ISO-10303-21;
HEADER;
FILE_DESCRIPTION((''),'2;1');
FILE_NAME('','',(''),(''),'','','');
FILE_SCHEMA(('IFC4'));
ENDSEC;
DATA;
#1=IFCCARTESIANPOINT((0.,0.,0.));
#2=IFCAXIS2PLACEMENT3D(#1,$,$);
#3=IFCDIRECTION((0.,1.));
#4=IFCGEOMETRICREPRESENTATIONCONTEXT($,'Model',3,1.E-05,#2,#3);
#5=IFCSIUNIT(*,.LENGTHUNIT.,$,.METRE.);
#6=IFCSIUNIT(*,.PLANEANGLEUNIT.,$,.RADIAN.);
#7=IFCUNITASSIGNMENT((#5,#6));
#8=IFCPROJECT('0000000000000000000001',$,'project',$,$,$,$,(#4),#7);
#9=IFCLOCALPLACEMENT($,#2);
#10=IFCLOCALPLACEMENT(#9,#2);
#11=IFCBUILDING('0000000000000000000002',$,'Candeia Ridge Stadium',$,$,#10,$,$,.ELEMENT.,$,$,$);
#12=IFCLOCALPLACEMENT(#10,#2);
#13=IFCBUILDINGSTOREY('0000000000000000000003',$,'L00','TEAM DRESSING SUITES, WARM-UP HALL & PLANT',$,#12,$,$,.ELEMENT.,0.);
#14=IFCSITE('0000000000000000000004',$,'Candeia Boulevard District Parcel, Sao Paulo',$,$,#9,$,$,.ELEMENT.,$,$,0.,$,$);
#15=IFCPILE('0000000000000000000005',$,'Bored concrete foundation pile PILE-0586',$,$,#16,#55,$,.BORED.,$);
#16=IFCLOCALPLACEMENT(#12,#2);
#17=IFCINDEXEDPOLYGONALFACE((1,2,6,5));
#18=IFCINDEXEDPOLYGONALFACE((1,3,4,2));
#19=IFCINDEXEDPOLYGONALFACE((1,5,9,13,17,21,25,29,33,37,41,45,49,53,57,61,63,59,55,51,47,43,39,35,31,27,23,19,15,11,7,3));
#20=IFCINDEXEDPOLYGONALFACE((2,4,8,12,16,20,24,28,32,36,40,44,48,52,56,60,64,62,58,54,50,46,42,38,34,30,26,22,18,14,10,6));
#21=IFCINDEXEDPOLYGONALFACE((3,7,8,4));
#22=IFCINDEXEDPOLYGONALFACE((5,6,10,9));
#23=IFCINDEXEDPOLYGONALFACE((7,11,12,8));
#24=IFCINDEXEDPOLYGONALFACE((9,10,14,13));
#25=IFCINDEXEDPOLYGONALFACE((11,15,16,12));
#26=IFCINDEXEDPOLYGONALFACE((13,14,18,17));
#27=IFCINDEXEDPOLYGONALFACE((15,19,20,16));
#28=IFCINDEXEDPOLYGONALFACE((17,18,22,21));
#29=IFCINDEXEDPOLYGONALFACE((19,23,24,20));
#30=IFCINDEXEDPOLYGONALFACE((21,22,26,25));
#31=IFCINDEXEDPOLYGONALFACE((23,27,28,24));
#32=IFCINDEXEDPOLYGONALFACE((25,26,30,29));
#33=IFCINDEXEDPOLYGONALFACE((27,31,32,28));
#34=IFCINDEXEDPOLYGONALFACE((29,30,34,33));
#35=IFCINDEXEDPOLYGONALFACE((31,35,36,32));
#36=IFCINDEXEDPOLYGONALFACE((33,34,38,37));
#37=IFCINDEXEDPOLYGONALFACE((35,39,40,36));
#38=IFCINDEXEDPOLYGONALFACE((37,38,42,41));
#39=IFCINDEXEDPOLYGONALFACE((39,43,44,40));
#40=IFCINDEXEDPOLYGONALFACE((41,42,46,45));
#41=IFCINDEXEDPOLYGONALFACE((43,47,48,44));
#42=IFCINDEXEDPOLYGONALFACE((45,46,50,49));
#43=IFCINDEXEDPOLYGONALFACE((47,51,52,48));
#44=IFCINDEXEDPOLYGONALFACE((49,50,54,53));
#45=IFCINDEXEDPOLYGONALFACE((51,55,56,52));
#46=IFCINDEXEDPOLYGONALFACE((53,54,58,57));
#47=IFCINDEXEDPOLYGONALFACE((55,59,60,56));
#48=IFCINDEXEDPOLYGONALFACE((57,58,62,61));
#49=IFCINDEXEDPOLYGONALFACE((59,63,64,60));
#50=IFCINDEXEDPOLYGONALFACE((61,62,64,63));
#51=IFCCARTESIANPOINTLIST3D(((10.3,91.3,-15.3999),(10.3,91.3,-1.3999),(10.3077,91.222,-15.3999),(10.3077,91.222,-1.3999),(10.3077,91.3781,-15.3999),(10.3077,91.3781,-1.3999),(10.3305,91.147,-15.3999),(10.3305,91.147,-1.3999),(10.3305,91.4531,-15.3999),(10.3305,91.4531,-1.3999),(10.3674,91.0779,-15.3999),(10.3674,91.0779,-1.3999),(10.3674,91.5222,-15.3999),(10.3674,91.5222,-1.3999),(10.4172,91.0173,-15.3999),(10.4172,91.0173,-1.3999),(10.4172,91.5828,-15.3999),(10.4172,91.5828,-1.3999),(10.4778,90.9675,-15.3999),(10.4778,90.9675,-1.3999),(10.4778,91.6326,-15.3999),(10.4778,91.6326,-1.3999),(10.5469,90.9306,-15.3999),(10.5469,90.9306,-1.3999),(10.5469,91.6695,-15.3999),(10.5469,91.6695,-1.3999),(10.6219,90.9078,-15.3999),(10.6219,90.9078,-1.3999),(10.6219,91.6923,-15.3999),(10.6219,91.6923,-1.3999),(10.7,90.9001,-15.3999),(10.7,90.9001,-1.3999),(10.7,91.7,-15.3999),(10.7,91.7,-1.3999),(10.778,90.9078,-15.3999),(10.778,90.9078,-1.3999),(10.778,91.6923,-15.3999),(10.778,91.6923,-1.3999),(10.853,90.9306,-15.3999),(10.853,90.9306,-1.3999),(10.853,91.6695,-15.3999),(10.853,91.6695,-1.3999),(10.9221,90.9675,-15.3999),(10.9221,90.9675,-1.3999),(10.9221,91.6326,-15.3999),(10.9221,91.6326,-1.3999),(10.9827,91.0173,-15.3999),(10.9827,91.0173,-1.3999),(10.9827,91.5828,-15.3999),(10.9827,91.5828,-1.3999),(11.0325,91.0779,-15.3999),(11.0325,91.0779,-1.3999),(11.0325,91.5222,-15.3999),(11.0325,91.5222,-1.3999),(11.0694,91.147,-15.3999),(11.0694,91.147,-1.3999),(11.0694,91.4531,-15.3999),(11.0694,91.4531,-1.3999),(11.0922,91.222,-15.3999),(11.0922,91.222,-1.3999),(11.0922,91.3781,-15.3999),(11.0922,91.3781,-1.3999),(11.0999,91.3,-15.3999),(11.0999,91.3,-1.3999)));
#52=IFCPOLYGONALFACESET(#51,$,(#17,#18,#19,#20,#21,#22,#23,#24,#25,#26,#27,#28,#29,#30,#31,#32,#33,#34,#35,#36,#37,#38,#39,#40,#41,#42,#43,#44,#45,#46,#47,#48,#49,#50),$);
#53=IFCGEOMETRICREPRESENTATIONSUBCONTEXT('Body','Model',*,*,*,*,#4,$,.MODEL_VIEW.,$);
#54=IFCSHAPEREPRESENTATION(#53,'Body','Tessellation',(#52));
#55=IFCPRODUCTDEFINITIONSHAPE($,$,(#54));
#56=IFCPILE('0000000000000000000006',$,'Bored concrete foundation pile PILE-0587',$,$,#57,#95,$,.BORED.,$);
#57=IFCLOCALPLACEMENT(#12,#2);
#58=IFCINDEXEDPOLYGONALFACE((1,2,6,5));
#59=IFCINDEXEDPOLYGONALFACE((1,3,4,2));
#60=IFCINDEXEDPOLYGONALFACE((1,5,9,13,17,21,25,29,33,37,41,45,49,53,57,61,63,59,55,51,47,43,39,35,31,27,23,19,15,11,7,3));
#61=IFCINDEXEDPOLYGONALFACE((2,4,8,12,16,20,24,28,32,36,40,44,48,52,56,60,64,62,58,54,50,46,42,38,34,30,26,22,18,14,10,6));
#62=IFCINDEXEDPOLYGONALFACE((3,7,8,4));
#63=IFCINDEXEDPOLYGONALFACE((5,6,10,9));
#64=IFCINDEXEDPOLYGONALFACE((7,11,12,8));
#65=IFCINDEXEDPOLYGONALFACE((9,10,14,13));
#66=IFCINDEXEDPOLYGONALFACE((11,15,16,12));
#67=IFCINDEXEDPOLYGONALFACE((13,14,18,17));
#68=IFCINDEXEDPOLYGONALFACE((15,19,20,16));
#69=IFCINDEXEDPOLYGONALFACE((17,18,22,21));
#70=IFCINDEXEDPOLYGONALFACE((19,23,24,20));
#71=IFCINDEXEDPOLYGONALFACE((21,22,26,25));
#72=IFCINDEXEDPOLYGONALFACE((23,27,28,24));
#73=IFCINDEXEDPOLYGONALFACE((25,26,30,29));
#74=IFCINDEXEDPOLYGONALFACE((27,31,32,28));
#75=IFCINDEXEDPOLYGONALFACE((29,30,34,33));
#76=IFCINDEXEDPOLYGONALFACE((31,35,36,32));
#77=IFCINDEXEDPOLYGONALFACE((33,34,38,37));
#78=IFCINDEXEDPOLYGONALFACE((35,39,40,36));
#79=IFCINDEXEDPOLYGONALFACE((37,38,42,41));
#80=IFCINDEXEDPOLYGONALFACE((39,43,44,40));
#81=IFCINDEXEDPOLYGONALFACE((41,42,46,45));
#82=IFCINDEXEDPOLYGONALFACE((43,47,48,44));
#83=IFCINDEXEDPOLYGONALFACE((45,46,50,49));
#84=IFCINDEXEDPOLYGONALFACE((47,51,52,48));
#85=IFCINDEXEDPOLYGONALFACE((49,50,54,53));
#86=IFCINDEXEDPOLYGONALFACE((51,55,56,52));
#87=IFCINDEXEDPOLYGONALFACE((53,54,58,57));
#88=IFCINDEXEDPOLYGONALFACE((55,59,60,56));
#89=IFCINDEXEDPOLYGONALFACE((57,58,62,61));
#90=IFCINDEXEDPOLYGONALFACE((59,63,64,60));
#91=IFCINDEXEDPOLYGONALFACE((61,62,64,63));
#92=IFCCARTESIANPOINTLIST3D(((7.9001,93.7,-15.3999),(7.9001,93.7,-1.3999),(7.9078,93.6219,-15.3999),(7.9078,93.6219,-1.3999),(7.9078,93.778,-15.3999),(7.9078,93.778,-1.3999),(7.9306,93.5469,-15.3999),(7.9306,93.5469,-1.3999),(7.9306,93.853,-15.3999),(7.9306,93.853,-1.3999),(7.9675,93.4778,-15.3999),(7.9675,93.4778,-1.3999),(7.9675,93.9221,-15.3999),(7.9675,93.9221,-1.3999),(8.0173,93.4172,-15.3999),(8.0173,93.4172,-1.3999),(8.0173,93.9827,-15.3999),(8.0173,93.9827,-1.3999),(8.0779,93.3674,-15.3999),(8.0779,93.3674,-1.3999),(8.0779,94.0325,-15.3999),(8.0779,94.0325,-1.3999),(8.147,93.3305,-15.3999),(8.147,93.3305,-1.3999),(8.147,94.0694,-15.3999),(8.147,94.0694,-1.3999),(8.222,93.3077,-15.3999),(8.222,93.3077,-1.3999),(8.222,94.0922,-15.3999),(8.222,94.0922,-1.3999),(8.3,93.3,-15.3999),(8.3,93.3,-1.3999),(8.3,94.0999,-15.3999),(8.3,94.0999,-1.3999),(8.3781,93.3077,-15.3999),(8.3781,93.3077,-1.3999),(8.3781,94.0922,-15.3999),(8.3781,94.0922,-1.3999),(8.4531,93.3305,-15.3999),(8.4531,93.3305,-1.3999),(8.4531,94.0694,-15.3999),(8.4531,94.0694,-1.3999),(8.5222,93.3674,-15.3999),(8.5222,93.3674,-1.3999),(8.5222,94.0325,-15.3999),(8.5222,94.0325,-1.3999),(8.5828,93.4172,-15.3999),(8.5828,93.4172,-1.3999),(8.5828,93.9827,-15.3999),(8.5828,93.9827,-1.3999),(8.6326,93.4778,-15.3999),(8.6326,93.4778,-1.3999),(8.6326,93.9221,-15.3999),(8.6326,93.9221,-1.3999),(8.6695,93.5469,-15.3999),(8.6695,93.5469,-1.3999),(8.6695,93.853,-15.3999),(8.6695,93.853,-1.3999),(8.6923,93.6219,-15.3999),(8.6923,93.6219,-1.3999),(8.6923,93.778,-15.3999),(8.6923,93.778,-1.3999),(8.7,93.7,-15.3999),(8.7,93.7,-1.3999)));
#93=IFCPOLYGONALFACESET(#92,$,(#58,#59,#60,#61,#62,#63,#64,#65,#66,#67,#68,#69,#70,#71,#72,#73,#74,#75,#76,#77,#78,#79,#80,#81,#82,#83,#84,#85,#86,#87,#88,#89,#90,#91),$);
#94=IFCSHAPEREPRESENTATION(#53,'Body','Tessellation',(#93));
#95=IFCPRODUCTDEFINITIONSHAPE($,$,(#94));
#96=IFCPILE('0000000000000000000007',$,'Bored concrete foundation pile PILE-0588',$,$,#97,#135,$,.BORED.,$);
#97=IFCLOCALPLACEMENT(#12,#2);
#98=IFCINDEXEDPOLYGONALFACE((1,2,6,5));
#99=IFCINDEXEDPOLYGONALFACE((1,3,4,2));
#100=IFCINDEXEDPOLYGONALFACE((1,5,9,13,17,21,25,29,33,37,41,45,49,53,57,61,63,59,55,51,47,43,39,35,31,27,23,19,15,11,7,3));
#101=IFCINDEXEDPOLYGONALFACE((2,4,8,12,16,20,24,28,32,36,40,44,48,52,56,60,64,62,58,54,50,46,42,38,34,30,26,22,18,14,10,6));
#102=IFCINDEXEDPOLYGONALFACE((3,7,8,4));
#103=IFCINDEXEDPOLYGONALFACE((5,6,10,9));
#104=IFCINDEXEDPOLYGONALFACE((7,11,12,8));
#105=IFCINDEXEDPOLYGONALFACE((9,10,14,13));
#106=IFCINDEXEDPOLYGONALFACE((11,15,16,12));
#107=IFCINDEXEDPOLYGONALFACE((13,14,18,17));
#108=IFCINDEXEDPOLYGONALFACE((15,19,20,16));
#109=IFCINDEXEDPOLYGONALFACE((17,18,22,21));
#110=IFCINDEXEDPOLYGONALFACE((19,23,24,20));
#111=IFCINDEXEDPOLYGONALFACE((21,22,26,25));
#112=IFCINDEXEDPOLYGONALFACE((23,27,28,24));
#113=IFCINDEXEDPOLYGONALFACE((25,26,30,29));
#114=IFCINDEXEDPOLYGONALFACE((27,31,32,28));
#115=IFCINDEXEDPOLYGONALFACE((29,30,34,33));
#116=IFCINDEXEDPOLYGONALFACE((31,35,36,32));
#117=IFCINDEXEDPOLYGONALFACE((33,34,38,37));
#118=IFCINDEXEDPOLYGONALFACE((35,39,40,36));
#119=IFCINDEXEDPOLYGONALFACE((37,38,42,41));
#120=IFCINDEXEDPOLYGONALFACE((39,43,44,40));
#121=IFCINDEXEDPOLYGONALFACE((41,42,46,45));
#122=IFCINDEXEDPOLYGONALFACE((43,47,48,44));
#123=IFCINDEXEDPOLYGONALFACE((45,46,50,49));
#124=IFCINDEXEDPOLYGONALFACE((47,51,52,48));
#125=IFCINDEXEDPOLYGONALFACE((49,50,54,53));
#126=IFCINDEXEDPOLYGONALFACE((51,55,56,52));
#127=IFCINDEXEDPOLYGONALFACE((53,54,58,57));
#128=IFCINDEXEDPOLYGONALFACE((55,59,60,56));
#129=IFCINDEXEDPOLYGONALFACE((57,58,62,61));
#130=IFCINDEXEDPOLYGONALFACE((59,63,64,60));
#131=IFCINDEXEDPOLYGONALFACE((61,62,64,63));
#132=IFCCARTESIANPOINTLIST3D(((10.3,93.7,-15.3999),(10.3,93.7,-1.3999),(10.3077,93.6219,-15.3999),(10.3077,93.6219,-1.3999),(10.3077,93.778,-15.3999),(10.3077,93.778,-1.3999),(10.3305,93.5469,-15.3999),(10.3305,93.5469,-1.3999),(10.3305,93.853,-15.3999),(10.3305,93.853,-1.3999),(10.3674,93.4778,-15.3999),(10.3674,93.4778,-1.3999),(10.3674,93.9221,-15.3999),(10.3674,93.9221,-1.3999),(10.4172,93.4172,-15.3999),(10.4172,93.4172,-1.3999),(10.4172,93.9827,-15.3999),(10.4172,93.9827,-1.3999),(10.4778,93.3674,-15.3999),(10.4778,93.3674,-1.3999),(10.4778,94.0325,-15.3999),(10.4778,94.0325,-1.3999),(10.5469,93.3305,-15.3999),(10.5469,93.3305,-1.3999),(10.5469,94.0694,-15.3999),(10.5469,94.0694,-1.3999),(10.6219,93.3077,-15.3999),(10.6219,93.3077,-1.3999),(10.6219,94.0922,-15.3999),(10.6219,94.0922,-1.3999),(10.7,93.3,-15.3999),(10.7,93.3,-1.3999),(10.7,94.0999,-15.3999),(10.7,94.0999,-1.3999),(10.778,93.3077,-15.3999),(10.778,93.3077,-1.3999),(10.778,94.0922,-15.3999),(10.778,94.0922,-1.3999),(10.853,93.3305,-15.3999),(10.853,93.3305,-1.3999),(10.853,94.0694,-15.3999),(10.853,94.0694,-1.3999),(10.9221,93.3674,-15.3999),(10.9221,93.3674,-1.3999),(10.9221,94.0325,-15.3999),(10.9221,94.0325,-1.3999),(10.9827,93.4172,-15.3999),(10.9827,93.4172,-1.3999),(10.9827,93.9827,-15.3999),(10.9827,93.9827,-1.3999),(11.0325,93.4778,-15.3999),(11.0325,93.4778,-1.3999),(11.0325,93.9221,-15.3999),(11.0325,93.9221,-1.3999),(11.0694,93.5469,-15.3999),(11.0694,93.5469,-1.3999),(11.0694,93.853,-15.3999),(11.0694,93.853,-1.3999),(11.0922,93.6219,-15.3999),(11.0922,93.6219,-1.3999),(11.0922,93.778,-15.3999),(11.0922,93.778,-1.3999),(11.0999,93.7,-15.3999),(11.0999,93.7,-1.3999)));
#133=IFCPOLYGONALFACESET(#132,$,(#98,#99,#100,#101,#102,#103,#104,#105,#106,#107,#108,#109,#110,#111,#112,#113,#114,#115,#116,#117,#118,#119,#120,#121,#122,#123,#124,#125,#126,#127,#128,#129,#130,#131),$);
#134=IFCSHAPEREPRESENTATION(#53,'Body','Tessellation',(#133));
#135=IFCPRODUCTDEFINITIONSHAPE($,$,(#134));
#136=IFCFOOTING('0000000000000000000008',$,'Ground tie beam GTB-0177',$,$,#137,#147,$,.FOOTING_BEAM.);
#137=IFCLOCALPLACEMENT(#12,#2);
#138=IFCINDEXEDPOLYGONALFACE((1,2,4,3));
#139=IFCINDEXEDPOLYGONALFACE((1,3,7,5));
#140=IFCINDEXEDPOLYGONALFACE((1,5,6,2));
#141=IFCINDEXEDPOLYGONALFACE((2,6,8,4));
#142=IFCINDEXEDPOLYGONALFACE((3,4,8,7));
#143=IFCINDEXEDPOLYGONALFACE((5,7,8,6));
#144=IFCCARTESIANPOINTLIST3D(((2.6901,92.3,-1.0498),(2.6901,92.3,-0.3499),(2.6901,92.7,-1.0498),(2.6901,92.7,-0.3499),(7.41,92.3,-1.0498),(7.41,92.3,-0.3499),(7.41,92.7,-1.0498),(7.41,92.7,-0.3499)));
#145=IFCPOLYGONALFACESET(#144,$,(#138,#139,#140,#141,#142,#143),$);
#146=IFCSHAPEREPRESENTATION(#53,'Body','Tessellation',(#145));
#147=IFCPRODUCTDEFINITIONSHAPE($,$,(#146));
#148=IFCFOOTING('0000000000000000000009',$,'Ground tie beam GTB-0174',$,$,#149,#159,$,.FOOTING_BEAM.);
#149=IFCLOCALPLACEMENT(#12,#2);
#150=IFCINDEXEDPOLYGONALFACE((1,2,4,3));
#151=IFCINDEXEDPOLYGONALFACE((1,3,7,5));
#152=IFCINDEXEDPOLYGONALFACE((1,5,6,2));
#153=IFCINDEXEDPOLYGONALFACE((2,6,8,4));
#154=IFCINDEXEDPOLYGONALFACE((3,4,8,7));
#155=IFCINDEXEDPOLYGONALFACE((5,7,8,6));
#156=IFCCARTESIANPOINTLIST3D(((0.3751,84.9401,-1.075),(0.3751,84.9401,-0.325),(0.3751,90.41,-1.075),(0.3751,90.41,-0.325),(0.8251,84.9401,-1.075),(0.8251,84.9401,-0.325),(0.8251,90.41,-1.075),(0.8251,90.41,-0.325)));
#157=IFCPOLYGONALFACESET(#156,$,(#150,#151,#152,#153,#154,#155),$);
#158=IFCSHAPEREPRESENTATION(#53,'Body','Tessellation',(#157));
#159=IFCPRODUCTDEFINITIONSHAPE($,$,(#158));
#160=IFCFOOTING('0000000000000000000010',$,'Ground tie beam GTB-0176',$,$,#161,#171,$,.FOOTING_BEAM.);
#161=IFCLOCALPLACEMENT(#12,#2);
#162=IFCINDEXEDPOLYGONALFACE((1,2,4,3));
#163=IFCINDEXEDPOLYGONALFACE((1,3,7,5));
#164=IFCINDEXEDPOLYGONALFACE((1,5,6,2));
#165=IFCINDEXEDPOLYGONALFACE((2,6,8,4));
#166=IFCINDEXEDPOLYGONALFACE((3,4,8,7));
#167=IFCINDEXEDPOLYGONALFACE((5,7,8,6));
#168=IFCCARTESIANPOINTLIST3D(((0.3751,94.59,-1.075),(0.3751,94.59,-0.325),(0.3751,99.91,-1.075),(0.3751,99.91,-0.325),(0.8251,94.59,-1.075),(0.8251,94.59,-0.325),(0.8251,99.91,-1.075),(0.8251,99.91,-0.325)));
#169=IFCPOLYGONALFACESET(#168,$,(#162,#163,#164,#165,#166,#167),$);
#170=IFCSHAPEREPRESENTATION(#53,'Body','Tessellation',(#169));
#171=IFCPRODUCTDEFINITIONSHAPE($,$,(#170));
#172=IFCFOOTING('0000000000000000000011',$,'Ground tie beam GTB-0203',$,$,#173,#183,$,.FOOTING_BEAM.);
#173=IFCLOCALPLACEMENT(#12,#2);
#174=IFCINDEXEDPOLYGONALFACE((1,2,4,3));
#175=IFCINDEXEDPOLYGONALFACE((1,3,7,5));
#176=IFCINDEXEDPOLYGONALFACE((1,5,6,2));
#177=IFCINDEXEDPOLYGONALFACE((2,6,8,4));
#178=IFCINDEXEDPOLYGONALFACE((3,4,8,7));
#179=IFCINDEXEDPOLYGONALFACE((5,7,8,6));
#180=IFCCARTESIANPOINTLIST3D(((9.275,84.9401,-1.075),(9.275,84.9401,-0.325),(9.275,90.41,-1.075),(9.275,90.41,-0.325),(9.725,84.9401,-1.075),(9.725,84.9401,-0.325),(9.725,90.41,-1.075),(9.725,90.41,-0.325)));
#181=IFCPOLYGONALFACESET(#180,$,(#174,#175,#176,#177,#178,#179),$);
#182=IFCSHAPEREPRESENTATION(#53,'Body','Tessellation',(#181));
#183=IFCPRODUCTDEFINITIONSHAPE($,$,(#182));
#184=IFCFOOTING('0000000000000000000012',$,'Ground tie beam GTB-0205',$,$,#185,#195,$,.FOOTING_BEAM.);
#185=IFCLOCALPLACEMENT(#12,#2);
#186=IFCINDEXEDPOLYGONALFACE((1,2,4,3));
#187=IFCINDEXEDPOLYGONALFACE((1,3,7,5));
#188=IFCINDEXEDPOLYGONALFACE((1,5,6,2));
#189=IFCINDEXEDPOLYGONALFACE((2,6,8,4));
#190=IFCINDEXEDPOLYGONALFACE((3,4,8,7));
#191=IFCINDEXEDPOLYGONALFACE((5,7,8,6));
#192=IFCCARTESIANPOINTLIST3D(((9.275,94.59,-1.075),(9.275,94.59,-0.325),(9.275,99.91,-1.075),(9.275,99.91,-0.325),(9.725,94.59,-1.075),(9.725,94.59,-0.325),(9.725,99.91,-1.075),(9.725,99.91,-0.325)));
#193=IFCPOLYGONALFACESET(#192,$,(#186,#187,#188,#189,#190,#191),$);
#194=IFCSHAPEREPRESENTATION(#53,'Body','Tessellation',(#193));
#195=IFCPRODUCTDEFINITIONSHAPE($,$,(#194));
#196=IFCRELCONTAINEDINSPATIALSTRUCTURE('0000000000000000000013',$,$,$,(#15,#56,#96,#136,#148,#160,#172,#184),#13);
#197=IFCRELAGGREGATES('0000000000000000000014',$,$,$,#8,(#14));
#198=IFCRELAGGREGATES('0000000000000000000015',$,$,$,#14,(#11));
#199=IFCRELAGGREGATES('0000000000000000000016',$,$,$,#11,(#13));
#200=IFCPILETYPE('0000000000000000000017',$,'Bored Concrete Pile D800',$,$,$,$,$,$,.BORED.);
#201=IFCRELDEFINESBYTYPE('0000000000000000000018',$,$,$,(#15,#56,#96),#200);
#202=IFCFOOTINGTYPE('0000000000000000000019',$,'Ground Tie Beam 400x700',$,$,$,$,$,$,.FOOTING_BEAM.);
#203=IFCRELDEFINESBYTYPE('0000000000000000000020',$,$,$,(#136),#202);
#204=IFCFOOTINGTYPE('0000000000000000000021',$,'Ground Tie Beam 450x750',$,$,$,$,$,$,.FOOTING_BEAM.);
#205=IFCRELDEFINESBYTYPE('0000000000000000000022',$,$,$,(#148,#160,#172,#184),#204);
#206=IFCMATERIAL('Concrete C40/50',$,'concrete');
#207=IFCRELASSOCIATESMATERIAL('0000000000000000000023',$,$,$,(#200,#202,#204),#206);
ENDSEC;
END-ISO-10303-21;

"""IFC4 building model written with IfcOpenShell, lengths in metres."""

from ifc_helpers import new_model, si_unit, direction, frame, origin, origin_2d, place, context, subcontext, project, spatial, rectangle, circle, extrude, material, material_profile, profile_set, type_object, element, save


model = new_model("IFC4")

# Units and contexts
model_context = context("Model", 3, precision=1e-05, world=origin(), true_north=direction((0.0, 1.0)))
body_context = subcontext(model_context, "Body", "Model", "MODEL_VIEW")
ifc_project = project(units=[si_unit("LENGTHUNIT", "METRE"), si_unit("PLANEANGLEUNIT", "RADIAN")], contexts=[model_context])

# Site, building, storey
site_placement = place(None, origin())
site = spatial("IfcSite", under=ifc_project, at=site_placement, Name="Candeia Boulevard District Parcel, Sao Paulo", CompositionType="ELEMENT", RefElevation=0.0)
building_placement = place(site_placement, origin())
building = spatial("IfcBuilding", under=site, at=building_placement, Name="Candeia Ridge Stadium", CompositionType="ELEMENT")
storey_placement = place(building_placement, origin())
storey = spatial("IfcBuildingStorey", under=building, at=storey_placement, Name="L00", Description="TEAM DRESSING SUITES, WARM-UP HALL & PLANT", CompositionType="ELEMENT", Elevation=0.0)

# Piles
ifc_material_1 = material(Name="Concrete C40/50", Category="concrete")
ifc_material_profile_1 = material_profile(ifc_material_1, circle(Radius=0.3999, at=origin_2d()), Name="PILE-D800", Category="concrete")
ifc_profile_set_1 = profile_set([ifc_material_profile_1], Name="Concrete C40/50")
pile_type = type_object("IfcPileType", Name="Bored Concrete Pile D800", PredefinedType="BORED", material=ifc_profile_set_1)
for number, where, z_axis, x_axis, name in (
    (1, (10.7, 91.3, -1.3999), (0.0, 0.0, -1.0), (1.0, 0.0, 0.0), "Bored concrete foundation pile PILE-0586"),
    (2, (8.3, 93.7, -1.3999), (0.0, 0.0, -1.0), (1.0, 0.0, 0.0), "Bored concrete foundation pile PILE-0587"),
    (3, (10.7, 93.7, -1.3999), (0.0, 0.0, -1.0), (1.0, 0.0, 0.0), "Bored concrete foundation pile PILE-0588"),
):
    element("IfcPile", number, at=place(storey_placement, frame(where, z_axis=z_axis, x_axis=x_axis)), inside=storey, type_object=pile_type, Name=name, PredefinedType="BORED", context=body_context, shape_type="SweptSolid", body=[
        extrude(circle(Radius=0.3999, at=origin_2d()), origin(), (0.0, 0.0, 1.0), 14.0),
    ])

# Footings
footing_type_1 = type_object("IfcFootingType", Name="Ground Tie Beam 400x700", PredefinedType="FOOTING_BEAM", material=ifc_material_1)
footing_1_placement = place(storey_placement, frame((5.05, 92.5, -1.0498), z_axis=(0.0, 0.0, 1.0), x_axis=(1.0, 0.0, 0.0)))
element("IfcFooting", 4, at=footing_1_placement, inside=storey, type_object=footing_type_1, Name="Ground tie beam GTB-0177", PredefinedType="FOOTING_BEAM", context=body_context, shape_type="SweptSolid", body=[
    extrude(rectangle(XDim=4.72, YDim=0.3999, at=origin_2d()), origin(), (0.0, 0.0, 1.0), 0.7),
])
footing_type_2 = type_object("IfcFootingType", Name="Ground Tie Beam 450x750", PredefinedType="FOOTING_BEAM", material=ifc_material_1)
footing_2_placement = place(storey_placement, frame((0.6001, 87.675, -1.075), z_axis=(0.0, 0.0, 1.0), x_axis=(0.0, 1.0, 0.0)))
element("IfcFooting", 5, at=footing_2_placement, inside=storey, type_object=footing_type_2, Name="Ground tie beam GTB-0174", PredefinedType="FOOTING_BEAM", context=body_context, shape_type="SweptSolid", body=[
    extrude(rectangle(XDim=5.47, YDim=0.45, at=origin_2d()), origin(), (0.0, 0.0, 1.0), 0.75),
])
footing_3_placement = place(storey_placement, frame((0.6001, 97.25, -1.075), z_axis=(0.0, 0.0, 1.0), x_axis=(0.0, 1.0, 0.0)))
element("IfcFooting", 6, at=footing_3_placement, inside=storey, type_object=footing_type_2, Name="Ground tie beam GTB-0176", PredefinedType="FOOTING_BEAM", context=body_context, shape_type="SweptSolid", body=[
    extrude(rectangle(XDim=5.3201, YDim=0.45, at=origin_2d()), origin(), (0.0, 0.0, 1.0), 0.75),
])
footing_4_placement = place(storey_placement, frame((9.5, 87.675, -1.075), z_axis=(0.0, 0.0, 1.0), x_axis=(0.0, 1.0, 0.0)))
element("IfcFooting", 7, at=footing_4_placement, inside=storey, type_object=footing_type_2, Name="Ground tie beam GTB-0203", PredefinedType="FOOTING_BEAM", context=body_context, shape_type="SweptSolid", body=[
    extrude(rectangle(XDim=5.47, YDim=0.45, at=origin_2d()), origin(), (0.0, 0.0, 1.0), 0.75),
])
footing_5_placement = place(storey_placement, frame((9.5, 97.25, -1.075), z_axis=(0.0, 0.0, 1.0), x_axis=(0.0, 1.0, 0.0)))
element("IfcFooting", 8, at=footing_5_placement, inside=storey, type_object=footing_type_2, Name="Ground tie beam GTB-0205", PredefinedType="FOOTING_BEAM", context=body_context, shape_type="SweptSolid", body=[
    extrude(rectangle(XDim=5.3201, YDim=0.45, at=origin_2d()), origin(), (0.0, 0.0, 1.0), 0.75),
])

save(model, "model.ifc")
